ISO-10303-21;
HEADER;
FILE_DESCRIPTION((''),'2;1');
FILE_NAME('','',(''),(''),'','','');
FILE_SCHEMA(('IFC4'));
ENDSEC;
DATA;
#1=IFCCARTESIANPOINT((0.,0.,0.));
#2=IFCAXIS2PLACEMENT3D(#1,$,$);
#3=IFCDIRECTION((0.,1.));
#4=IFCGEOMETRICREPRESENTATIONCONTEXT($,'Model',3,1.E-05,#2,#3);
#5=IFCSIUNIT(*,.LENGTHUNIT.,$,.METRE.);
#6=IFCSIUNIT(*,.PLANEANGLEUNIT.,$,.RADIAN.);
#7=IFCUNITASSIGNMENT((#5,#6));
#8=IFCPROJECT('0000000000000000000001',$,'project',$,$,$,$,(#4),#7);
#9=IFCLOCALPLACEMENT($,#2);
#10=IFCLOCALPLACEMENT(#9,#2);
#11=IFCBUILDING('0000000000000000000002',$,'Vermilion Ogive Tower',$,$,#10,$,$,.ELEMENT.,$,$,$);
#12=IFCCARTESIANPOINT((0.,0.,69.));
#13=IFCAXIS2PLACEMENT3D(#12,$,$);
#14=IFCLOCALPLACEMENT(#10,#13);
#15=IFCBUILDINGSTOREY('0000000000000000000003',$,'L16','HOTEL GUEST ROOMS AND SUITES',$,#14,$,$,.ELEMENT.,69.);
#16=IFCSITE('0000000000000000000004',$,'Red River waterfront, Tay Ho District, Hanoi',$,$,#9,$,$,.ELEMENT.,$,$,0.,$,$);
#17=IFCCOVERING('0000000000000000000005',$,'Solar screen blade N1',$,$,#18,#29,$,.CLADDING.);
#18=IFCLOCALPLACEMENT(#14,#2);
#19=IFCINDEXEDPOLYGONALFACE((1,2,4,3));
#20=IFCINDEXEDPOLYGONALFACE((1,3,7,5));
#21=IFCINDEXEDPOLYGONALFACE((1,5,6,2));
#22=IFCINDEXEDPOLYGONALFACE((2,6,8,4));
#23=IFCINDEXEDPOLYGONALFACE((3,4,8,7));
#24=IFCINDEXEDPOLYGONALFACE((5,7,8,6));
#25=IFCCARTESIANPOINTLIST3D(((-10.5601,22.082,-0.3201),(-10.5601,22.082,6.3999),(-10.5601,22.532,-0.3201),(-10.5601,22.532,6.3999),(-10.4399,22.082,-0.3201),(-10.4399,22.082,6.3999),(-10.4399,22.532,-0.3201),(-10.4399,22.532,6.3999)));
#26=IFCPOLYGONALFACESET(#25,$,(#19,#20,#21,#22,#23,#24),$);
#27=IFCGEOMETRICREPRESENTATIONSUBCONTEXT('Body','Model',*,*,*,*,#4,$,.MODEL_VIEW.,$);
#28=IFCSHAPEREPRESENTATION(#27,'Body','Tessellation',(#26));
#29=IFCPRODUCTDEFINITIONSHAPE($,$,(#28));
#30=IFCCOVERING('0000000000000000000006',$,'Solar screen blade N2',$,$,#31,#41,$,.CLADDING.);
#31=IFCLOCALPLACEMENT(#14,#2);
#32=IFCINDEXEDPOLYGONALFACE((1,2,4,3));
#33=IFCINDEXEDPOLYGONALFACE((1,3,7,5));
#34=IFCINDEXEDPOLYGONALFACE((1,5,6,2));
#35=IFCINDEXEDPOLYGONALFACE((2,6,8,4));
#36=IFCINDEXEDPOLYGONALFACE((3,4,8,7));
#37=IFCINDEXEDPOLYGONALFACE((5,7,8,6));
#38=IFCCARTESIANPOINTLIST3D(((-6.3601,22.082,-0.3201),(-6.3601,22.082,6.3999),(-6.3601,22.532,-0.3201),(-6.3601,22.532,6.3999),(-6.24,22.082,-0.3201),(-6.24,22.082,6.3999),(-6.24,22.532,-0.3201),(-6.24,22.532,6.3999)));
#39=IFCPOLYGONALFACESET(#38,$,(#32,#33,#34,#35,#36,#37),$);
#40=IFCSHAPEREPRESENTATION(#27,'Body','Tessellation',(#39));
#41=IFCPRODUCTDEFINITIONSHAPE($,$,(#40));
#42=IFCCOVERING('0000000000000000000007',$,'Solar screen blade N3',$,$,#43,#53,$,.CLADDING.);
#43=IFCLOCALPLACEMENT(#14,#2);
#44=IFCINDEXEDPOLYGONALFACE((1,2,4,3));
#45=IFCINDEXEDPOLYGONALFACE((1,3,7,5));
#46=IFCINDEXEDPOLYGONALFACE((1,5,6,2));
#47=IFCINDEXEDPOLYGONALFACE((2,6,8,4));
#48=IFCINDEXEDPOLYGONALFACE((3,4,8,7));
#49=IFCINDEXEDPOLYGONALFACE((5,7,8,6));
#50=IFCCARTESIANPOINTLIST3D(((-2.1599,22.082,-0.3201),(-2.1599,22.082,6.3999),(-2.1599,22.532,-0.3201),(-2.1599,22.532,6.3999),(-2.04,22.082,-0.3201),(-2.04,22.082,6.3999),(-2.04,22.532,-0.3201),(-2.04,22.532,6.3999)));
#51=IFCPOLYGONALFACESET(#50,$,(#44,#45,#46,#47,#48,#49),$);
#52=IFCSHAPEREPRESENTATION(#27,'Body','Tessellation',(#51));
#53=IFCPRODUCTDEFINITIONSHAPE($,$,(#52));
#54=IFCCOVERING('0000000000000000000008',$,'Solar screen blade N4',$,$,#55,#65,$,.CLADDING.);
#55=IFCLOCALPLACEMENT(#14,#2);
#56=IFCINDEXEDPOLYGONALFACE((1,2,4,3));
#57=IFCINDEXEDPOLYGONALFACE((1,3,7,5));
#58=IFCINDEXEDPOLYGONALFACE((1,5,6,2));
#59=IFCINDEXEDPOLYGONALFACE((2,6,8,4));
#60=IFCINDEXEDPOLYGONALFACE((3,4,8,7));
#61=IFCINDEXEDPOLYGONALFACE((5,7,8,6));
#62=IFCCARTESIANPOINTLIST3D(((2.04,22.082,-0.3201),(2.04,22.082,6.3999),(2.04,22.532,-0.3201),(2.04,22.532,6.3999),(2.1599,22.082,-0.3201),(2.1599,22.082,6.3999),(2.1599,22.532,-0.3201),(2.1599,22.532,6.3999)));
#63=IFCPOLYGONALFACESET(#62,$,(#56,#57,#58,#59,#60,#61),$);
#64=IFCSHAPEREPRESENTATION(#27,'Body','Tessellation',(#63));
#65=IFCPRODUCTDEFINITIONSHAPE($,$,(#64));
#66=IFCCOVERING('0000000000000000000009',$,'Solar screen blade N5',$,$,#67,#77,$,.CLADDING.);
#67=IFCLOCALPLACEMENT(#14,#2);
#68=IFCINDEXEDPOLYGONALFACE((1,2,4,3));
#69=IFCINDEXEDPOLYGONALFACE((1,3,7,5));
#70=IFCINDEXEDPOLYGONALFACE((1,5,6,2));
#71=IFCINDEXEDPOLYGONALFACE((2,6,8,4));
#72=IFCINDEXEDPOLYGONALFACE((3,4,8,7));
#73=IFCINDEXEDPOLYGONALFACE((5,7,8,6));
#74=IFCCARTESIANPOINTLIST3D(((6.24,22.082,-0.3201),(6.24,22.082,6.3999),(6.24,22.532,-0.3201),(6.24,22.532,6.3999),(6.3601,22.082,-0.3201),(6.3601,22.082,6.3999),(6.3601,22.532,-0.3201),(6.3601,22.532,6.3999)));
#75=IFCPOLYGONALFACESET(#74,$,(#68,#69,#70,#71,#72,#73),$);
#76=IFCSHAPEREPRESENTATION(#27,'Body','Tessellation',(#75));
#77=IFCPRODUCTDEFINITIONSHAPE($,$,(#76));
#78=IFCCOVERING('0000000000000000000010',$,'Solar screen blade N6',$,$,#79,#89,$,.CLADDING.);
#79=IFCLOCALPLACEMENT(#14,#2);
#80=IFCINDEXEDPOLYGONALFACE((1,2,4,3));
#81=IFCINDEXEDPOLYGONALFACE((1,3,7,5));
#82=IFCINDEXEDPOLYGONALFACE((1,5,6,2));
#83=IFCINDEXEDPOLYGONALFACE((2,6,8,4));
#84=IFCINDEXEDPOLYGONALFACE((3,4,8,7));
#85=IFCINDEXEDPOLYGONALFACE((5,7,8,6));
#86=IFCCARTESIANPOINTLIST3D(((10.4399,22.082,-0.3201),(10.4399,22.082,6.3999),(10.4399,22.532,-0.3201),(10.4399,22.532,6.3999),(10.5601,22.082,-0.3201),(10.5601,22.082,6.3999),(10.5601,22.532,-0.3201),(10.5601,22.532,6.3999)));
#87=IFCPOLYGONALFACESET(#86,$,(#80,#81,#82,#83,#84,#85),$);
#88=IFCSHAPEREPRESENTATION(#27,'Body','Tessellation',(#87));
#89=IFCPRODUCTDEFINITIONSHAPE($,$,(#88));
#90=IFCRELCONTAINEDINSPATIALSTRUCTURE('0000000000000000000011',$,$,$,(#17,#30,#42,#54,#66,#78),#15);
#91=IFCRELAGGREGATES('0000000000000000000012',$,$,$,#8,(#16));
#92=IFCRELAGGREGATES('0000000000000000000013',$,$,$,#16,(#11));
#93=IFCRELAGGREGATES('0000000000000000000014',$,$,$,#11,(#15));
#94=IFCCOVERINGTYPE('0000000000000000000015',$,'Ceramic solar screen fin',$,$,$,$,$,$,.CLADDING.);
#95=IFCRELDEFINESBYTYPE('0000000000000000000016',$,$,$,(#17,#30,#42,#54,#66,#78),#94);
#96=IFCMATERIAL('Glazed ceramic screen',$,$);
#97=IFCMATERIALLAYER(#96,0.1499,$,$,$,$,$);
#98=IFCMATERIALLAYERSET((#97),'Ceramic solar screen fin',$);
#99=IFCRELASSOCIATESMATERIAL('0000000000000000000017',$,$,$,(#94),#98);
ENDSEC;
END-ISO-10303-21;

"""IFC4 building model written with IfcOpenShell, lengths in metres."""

from ifc_helpers import new_model, si_unit, direction, frame, origin, place, context, subcontext, project, spatial, polyline, outline, extrude, material, layer, layer_set, type_object, element, save


model = new_model("IFC4")

# Units and contexts
model_context = context("Model", 3, precision=1e-05, world=origin(), true_north=direction((0.0, 1.0)))
body_context = subcontext(model_context, "Body", "Model", "MODEL_VIEW")
ifc_project = project(units=[si_unit("LENGTHUNIT", "METRE"), si_unit("PLANEANGLEUNIT", "RADIAN")], contexts=[model_context])

# Site, building, storey
site_placement = place(None, origin())
site = spatial("IfcSite", under=ifc_project, at=site_placement, Name="Red River waterfront, Tay Ho District, Hanoi", CompositionType="ELEMENT", RefElevation=0.0)
building_placement = place(site_placement, origin())
building = spatial("IfcBuilding", under=site, at=building_placement, Name="Vermilion Ogive Tower", CompositionType="ELEMENT")
storey_placement = place(building_placement, frame((0.0, 0.0, 69.0)))
storey = spatial("IfcBuildingStorey", under=building, at=storey_placement, Name="L16", Description="HOTEL GUEST ROOMS AND SUITES", CompositionType="ELEMENT", Elevation=69.0)

# Coverings
ifc_material_1 = material(Name="Glazed ceramic screen")
ifc_layer_1 = layer(ifc_material_1, 0.1499)
ifc_layer_set_1 = layer_set([ifc_layer_1], Name="Ceramic solar screen fin")
covering_type_1 = type_object("IfcCoveringType", Name="Ceramic solar screen fin", PredefinedType="CLADDING", material=ifc_layer_set_1)
covering_1_placement = place(storey_placement, frame((0.0, 0.0, -0.3201)))
element("IfcCovering", 1, at=covering_1_placement, inside=storey, type_object=covering_type_1, Name="Solar screen blade N1", PredefinedType="CLADDING", context=body_context, shape_type="SweptSolid", body=[
    extrude(outline(polyline([(-10.5601, 22.082), (-10.4399, 22.082), (-10.4399, 22.532), (-10.5601, 22.532), (-10.5601, 22.082)])), origin(), (0.0, 0.0, 1.0), 6.72),
])
covering_2_placement = place(storey_placement, frame((0.0, 0.0, -0.3201)))
element("IfcCovering", 2, at=covering_2_placement, inside=storey, type_object=covering_type_1, Name="Solar screen blade N2", PredefinedType="CLADDING", context=body_context, shape_type="SweptSolid", body=[
    extrude(outline(polyline([(-6.3601, 22.082), (-6.24, 22.082), (-6.24, 22.532), (-6.3601, 22.532), (-6.3601, 22.082)])), origin(), (0.0, 0.0, 1.0), 6.72),
])
covering_3_placement = place(storey_placement, frame((0.0, 0.0, -0.3201)))
element("IfcCovering", 3, at=covering_3_placement, inside=storey, type_object=covering_type_1, Name="Solar screen blade N3", PredefinedType="CLADDING", context=body_context, shape_type="SweptSolid", body=[
    extrude(outline(polyline([(-2.1599, 22.082), (-2.04, 22.082), (-2.04, 22.532), (-2.1599, 22.532), (-2.1599, 22.082)])), origin(), (0.0, 0.0, 1.0), 6.72),
])
covering_4_placement = place(storey_placement, frame((0.0, 0.0, -0.3201)))
element("IfcCovering", 4, at=covering_4_placement, inside=storey, type_object=covering_type_1, Name="Solar screen blade N4", PredefinedType="CLADDING", context=body_context, shape_type="SweptSolid", body=[
    extrude(outline(polyline([(2.04, 22.082), (2.1599, 22.082), (2.1599, 22.532), (2.04, 22.532), (2.04, 22.082)])), origin(), (0.0, 0.0, 1.0), 6.72),
])
covering_5_placement = place(storey_placement, frame((0.0, 0.0, -0.3201)))
element("IfcCovering", 5, at=covering_5_placement, inside=storey, type_object=covering_type_1, Name="Solar screen blade N5", PredefinedType="CLADDING", context=body_context, shape_type="SweptSolid", body=[
    extrude(outline(polyline([(6.24, 22.082), (6.3601, 22.082), (6.3601, 22.532), (6.24, 22.532), (6.24, 22.082)])), origin(), (0.0, 0.0, 1.0), 6.72),
])
covering_6_placement = place(storey_placement, frame((0.0, 0.0, -0.3201)))
element("IfcCovering", 6, at=covering_6_placement, inside=storey, type_object=covering_type_1, Name="Solar screen blade N6", PredefinedType="CLADDING", context=body_context, shape_type="SweptSolid", body=[
    extrude(outline(polyline([(10.4399, 22.082), (10.5601, 22.082), (10.5601, 22.532), (10.4399, 22.532), (10.4399, 22.082)])), origin(), (0.0, 0.0, 1.0), 6.72),
])

save(model, "model.ifc")
